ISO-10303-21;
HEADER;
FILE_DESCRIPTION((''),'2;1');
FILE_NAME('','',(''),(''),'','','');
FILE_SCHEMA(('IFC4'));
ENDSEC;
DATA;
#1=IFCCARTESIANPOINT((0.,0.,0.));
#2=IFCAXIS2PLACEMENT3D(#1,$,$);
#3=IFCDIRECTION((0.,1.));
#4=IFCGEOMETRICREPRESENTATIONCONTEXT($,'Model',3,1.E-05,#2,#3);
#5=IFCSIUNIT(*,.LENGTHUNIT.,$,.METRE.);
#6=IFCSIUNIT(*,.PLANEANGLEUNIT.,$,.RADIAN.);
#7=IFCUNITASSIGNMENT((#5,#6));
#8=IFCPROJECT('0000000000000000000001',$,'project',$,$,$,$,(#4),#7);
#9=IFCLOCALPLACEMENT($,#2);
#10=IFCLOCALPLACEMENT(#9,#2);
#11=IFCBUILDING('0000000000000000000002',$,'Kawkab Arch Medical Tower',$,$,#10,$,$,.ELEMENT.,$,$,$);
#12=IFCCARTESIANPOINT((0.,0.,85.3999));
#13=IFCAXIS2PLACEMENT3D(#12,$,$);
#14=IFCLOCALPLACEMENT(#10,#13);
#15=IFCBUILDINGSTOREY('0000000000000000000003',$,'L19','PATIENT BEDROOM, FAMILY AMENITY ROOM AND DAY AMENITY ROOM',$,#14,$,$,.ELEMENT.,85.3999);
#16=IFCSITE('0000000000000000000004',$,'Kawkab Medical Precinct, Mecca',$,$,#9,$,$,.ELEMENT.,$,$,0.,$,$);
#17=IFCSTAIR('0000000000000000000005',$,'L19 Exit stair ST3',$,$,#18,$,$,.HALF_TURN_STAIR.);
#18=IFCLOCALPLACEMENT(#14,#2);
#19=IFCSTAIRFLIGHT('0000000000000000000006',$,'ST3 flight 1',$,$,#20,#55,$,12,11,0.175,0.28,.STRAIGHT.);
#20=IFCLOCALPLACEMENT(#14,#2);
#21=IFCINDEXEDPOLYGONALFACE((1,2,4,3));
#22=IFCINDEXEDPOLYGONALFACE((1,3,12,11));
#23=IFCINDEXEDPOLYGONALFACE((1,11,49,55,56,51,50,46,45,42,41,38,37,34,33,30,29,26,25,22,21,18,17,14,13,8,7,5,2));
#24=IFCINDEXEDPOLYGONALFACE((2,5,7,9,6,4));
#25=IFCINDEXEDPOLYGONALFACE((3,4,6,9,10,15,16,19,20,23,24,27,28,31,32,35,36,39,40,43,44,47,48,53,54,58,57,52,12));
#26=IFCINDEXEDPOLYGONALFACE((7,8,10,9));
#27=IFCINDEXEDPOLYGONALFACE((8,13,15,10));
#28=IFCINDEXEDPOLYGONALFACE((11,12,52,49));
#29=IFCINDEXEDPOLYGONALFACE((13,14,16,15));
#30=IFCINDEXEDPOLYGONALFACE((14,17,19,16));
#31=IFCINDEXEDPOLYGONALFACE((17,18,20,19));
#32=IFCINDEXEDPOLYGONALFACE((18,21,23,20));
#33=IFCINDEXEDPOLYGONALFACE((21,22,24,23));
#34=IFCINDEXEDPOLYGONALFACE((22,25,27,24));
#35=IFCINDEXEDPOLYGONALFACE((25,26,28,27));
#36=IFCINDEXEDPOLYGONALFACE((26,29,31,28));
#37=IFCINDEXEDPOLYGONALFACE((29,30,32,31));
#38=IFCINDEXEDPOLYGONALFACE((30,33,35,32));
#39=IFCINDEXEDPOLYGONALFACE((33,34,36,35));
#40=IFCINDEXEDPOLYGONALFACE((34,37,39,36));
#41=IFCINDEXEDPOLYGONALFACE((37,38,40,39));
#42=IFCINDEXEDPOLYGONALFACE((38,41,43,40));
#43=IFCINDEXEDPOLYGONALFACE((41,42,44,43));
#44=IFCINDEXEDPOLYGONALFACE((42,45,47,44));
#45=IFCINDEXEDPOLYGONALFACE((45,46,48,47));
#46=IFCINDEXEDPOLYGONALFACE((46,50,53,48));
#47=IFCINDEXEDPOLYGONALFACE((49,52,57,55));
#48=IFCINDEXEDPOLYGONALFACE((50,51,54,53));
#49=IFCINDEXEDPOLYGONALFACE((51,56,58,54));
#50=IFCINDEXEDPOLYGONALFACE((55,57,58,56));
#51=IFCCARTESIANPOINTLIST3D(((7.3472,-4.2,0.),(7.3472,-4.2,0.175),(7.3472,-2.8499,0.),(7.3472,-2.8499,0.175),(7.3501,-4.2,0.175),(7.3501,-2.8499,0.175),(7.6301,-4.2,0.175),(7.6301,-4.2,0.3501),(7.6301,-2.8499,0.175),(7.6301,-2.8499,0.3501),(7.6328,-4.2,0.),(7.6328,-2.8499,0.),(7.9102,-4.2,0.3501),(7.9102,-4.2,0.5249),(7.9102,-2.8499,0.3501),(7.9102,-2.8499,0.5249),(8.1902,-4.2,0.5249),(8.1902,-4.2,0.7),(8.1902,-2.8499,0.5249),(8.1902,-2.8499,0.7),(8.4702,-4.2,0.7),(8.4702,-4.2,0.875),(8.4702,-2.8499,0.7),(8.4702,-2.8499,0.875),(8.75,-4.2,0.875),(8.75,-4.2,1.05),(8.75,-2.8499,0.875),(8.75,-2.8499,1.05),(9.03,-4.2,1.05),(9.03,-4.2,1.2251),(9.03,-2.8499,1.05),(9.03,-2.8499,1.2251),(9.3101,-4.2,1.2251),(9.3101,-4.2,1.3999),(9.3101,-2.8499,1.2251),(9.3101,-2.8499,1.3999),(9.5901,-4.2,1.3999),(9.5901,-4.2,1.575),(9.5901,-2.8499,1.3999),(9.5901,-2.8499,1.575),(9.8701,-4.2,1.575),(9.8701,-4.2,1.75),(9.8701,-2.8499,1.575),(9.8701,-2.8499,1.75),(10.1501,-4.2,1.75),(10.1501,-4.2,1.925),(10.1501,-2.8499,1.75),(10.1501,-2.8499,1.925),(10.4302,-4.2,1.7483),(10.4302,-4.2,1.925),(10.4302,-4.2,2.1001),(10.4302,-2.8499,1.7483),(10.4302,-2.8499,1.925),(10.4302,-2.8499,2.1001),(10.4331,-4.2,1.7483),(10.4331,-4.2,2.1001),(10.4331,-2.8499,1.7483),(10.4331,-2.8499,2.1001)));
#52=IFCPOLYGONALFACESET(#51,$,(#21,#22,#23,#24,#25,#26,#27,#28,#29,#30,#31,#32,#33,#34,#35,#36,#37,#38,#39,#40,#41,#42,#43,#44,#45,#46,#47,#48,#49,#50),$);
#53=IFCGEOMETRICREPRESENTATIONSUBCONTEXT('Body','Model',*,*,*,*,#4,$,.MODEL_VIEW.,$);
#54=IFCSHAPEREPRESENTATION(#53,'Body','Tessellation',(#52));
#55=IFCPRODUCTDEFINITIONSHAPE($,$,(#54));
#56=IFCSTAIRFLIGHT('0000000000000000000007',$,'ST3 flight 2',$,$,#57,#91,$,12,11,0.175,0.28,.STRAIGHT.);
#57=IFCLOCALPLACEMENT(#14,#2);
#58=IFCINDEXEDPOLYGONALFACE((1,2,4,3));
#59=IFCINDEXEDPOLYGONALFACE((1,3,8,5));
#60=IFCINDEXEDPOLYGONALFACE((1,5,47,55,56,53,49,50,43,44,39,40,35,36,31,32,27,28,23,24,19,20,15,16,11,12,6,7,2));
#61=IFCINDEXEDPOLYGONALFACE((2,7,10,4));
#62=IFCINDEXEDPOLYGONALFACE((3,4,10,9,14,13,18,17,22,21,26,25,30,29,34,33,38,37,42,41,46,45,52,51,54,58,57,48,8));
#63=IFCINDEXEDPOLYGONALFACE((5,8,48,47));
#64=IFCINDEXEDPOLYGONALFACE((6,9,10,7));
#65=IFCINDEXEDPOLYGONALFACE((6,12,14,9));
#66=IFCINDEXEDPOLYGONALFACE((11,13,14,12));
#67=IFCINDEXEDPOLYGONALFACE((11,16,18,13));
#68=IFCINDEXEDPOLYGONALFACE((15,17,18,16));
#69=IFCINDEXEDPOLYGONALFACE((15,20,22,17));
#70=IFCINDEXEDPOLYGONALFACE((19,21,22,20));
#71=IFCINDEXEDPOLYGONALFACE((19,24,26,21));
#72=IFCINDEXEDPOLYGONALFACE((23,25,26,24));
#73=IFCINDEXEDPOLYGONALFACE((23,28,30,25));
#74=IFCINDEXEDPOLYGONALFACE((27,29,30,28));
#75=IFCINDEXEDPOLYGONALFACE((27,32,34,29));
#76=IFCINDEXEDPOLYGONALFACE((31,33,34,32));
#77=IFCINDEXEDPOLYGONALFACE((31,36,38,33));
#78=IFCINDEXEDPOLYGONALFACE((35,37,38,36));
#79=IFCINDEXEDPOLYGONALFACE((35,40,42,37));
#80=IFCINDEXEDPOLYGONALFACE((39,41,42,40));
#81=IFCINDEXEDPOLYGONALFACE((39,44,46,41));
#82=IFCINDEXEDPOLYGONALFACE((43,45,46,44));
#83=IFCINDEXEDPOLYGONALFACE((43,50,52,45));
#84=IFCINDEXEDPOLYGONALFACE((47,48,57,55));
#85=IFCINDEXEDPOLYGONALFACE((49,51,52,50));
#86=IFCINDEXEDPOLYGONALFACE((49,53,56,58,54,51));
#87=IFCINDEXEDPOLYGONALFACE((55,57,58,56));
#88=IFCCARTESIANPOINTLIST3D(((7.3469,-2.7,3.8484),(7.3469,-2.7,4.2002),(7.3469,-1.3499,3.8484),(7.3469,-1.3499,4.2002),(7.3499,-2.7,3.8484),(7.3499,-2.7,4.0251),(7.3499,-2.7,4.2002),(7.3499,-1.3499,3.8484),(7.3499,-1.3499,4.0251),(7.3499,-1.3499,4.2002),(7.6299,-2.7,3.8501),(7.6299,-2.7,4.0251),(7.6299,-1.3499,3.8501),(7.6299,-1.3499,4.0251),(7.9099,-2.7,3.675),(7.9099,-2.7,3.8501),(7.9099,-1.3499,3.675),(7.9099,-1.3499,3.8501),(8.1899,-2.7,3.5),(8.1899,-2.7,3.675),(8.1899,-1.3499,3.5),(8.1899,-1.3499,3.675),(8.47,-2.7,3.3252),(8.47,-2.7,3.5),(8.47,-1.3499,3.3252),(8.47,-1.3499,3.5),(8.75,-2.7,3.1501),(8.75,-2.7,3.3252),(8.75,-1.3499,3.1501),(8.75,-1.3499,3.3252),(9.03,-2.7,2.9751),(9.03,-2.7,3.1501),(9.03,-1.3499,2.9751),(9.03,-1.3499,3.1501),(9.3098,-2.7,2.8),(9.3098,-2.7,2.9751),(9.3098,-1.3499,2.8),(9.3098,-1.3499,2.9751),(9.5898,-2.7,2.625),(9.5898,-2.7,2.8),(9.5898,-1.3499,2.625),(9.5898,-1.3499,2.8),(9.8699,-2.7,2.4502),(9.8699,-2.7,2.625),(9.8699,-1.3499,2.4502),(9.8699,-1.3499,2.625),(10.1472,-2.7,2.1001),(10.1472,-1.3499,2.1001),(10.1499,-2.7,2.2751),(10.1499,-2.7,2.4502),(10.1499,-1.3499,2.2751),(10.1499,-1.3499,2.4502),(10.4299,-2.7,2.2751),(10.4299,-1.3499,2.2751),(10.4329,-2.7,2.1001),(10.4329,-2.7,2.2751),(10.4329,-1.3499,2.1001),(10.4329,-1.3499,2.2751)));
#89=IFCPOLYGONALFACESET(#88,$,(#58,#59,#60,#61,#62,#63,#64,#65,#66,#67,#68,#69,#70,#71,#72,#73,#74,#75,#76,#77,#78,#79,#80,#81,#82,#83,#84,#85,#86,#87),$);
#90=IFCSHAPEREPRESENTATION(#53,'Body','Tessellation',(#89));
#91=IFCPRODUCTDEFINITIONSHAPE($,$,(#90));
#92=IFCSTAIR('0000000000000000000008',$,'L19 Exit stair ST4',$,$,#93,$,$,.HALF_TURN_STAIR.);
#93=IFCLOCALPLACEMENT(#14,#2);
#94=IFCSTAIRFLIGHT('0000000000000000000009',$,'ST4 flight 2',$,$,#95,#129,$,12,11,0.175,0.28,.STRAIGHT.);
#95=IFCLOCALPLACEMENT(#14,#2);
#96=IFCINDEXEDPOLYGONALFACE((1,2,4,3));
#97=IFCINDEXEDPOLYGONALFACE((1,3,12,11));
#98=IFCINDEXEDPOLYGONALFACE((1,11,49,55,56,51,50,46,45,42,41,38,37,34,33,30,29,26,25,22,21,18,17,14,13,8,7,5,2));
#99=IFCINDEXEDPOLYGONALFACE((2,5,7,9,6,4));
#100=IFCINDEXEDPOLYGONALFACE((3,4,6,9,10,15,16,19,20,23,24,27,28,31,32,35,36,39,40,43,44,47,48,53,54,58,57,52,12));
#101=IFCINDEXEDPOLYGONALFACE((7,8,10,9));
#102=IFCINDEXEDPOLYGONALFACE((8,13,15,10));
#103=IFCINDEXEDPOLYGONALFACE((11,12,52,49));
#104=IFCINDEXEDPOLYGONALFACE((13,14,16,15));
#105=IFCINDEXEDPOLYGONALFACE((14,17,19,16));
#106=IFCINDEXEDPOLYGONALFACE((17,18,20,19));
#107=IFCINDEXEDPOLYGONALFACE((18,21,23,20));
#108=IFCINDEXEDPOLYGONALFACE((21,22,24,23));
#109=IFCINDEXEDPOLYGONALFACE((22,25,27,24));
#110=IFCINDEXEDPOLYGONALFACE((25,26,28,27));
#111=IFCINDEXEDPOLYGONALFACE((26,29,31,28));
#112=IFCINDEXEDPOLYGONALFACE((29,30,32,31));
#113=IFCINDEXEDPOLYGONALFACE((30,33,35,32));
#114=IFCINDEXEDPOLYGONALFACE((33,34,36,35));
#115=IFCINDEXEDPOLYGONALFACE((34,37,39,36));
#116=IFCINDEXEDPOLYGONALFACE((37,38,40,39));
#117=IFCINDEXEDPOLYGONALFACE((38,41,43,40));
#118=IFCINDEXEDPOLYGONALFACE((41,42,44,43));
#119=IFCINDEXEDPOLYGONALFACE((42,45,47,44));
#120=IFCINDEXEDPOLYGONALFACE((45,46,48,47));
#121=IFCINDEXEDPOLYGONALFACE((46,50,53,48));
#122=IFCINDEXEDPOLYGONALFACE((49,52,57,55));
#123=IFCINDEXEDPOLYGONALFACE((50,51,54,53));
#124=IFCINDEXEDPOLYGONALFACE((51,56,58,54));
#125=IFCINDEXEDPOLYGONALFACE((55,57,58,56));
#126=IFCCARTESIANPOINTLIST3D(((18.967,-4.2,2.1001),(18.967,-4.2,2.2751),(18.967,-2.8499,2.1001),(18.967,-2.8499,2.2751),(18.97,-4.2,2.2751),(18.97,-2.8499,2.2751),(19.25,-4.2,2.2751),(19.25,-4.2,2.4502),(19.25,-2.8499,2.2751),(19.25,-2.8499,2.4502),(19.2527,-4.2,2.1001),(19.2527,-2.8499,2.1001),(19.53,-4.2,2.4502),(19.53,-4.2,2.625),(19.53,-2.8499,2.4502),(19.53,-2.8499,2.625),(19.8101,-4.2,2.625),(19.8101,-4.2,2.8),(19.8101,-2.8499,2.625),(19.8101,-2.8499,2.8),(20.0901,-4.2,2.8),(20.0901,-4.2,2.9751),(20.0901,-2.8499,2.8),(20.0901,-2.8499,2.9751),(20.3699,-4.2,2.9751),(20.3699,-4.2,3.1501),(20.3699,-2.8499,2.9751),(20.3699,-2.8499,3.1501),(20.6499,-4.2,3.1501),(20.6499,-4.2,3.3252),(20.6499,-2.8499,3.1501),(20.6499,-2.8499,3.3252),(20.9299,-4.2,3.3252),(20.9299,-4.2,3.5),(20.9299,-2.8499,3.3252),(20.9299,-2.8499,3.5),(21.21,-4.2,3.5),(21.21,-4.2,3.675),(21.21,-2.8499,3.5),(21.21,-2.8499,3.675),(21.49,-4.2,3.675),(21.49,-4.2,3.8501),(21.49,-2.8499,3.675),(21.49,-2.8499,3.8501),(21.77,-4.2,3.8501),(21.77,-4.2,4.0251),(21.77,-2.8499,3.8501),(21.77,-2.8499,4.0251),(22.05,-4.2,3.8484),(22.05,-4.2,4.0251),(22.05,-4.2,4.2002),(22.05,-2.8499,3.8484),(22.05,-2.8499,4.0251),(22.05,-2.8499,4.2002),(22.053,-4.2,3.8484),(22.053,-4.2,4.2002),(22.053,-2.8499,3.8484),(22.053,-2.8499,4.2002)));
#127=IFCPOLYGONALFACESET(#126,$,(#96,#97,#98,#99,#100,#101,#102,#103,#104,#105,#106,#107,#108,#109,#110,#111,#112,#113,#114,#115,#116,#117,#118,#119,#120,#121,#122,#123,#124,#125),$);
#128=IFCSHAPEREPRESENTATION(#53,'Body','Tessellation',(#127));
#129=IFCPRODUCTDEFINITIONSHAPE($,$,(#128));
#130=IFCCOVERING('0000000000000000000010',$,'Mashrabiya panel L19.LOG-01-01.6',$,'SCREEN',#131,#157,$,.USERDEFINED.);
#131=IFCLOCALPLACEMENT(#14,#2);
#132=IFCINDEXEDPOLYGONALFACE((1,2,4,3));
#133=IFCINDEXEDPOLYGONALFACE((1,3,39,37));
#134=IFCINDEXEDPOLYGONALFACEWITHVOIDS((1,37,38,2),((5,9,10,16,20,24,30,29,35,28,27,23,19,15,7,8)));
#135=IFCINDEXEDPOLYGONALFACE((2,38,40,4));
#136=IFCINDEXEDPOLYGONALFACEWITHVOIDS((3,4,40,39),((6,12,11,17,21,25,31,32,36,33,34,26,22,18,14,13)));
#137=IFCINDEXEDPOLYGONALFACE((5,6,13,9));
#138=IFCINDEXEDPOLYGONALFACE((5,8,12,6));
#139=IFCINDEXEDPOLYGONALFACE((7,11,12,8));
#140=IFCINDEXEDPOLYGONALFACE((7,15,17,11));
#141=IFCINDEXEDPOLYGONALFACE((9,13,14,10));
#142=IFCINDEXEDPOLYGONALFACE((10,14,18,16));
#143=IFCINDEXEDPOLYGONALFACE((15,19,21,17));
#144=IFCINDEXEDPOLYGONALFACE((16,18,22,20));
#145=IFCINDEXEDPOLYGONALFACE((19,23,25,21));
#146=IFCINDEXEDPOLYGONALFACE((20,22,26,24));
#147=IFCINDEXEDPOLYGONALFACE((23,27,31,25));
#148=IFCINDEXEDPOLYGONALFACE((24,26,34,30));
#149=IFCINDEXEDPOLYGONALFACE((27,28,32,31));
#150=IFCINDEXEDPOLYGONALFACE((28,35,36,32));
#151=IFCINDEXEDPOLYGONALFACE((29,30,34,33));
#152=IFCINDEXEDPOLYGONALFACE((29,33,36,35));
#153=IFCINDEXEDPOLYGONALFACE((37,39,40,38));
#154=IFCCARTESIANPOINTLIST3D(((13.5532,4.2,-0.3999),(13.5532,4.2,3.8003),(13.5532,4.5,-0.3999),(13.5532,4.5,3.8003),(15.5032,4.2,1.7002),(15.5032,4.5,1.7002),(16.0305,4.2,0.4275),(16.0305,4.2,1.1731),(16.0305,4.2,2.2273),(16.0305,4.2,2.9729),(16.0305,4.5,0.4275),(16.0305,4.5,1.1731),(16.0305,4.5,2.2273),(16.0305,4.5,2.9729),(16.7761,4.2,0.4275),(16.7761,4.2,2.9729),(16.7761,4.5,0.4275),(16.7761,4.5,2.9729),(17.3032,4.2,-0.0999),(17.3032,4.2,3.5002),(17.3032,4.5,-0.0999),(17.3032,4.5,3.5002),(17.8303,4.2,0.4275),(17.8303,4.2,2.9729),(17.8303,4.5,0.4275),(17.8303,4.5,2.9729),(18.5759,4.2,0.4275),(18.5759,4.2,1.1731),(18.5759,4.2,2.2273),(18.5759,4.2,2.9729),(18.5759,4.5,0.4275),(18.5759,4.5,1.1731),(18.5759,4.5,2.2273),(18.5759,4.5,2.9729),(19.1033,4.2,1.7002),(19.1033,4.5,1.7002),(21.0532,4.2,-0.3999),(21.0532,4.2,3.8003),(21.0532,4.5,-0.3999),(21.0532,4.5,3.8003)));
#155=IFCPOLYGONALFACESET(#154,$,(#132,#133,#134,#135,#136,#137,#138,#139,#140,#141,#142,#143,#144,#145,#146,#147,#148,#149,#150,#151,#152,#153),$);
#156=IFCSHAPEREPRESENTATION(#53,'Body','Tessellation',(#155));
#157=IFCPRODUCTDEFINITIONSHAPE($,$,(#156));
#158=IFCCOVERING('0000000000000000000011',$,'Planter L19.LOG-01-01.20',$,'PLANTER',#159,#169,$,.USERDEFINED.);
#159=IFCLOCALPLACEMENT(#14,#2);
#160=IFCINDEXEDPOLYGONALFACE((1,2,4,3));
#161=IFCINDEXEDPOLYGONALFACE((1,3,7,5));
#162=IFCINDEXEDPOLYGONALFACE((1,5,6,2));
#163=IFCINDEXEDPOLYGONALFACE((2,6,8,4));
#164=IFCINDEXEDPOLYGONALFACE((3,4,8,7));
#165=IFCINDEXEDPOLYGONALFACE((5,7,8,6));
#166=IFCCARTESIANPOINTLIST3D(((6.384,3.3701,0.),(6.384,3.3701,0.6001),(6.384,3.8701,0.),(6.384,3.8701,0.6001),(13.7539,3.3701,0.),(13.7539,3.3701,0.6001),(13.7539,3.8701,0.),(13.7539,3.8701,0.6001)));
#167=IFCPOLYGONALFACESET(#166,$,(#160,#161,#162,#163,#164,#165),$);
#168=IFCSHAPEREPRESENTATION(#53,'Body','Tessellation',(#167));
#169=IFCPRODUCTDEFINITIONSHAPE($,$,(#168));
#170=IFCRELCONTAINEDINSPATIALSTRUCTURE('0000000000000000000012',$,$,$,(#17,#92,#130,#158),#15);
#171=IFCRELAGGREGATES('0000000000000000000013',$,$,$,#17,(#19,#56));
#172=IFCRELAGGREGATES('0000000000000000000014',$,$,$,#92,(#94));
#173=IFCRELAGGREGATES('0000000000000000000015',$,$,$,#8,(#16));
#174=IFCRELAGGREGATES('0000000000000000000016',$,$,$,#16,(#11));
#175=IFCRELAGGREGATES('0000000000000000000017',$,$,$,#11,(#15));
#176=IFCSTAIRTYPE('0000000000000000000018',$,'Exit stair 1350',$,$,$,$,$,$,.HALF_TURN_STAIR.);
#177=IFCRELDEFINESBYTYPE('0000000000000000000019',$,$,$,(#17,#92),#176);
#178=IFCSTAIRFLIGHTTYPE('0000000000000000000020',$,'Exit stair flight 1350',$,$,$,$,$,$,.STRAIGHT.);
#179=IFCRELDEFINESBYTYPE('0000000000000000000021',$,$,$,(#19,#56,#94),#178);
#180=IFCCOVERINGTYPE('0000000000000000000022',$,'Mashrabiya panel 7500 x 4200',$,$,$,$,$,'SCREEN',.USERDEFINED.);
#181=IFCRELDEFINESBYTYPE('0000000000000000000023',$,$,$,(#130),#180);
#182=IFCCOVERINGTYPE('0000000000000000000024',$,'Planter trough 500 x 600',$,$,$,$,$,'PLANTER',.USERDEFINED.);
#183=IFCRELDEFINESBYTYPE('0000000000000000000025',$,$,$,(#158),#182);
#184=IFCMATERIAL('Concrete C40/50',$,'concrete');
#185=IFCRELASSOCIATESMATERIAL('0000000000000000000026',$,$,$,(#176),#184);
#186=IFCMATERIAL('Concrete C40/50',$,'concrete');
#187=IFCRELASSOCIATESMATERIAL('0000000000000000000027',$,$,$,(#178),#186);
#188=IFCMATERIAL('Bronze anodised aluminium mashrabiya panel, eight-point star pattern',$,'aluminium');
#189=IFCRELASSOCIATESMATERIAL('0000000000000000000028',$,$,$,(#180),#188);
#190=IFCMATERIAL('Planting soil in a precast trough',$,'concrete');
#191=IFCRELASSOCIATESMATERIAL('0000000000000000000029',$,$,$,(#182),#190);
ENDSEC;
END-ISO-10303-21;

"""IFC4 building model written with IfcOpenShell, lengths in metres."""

from ifc_helpers import new_model, si_unit, direction, frame, origin, origin_2d, place, context, subcontext, project, spatial, polyline, rectangle, outline, extrude, material, material_profile, profile_set, type_object, element, aggregate, save


model = new_model("IFC4")

# Units and contexts
model_context = context("Model", 3, precision=1e-05, world=origin(), true_north=direction((0.0, 1.0)))
body_context = subcontext(model_context, "Body", "Model", "MODEL_VIEW")
ifc_project = project(units=[si_unit("LENGTHUNIT", "METRE"), si_unit("PLANEANGLEUNIT", "RADIAN")], contexts=[model_context])

# Site, building, storey
site_placement = place(None, origin())
site = spatial("IfcSite", under=ifc_project, at=site_placement, Name="Kawkab Medical Precinct, Mecca", CompositionType="ELEMENT", RefElevation=0.0)
building_placement = place(site_placement, origin())
building = spatial("IfcBuilding", under=site, at=building_placement, Name="Kawkab Arch Medical Tower", CompositionType="ELEMENT")
storey_placement = place(building_placement, frame((0.0, 0.0, 85.3999)))
storey = spatial("IfcBuildingStorey", under=building, at=storey_placement, Name="L19", Description="PATIENT BEDROOM, FAMILY AMENITY ROOM AND DAY AMENITY ROOM", CompositionType="ELEMENT", Elevation=85.3999)

# Shared definitions
placement = place(storey_placement, origin())

# Stair, stair flights
ifc_material_1 = material(Name="Concrete C40/50", Category="concrete")
stair_type = type_object("IfcStairType", Name="Exit stair 1350", PredefinedType="HALF_TURN_STAIR", material=ifc_material_1)
stair_1 = element("IfcStair", 1, at=placement, inside=storey, type_object=stair_type, Name="L19 Exit stair ST3", PredefinedType="HALF_TURN_STAIR")
ifc_material_2 = material(Name="Concrete C40/50", Category="concrete")
stair_flight_type = type_object("IfcStairFlightType", Name="Exit stair flight 1350", PredefinedType="STRAIGHT", material=ifc_material_2)
stair_flight_1_placement = place(storey_placement, frame((7.3501, -3.5249, 0.0), z_axis=(0.0, 0.0, 1.0), x_axis=(1.0, 0.0, 0.0)))
stair_flight_1 = element("IfcStairFlight", 2, at=stair_flight_1_placement, type_object=stair_flight_type, Name="ST3 flight 1", NumberOfRisers=12, NumberOfTreads=11, PredefinedType="STRAIGHT", RiserHeight=0.175, TreadLength=0.28, context=body_context, shape_type="SweptSolid", body=[
    extrude(outline(polyline([(-0.0029, 0.0), (-0.0029, 0.175), (0.0, 0.175), (0.28, 0.175), (0.28, 0.3501), (0.5601, 0.3501), (0.5601, 0.5249), (0.8401, 0.5249), (0.8401, 0.7), (1.1201, 0.7), (1.1201, 0.875), (1.3999, 0.875), (1.3999, 1.05), (1.6799, 1.05), (1.6799, 1.2251), (1.96, 1.2251), (1.96, 1.3999), (2.24, 1.3999), (2.24, 1.575), (2.52, 1.575), (2.52, 1.75), (2.8, 1.75), (2.8, 1.925), (3.0801, 1.925), (3.0801, 2.1001), (3.083, 2.1001), (3.083, 1.7483), (3.0801, 1.7483), (0.2827, 0.0), (-0.0029, 0.0)])), frame((0.0, 0.675, 0.0), z_axis=(0.0, -1.0, 0.0), x_axis=(1.0, 0.0, 0.0)), (0.0, 0.0, 1.0), 1.3501),
])
stair_flight_2_placement = place(storey_placement, frame((10.4299, -2.0249, 2.1001), z_axis=(0.0, 0.0, 1.0), x_axis=(-1.0, 0.0, 0.0)))
stair_flight_2 = element("IfcStairFlight", 3, at=stair_flight_2_placement, type_object=stair_flight_type, Name="ST3 flight 2", NumberOfRisers=12, NumberOfTreads=11, PredefinedType="STRAIGHT", RiserHeight=0.175, TreadLength=0.28, context=body_context, shape_type="SweptSolid", body=[
    extrude(outline(polyline([(-0.0029, 0.0), (-0.0029, 0.175), (0.0, 0.175), (0.28, 0.175), (0.28, 0.3501), (0.5601, 0.3501), (0.5601, 0.5249), (0.8401, 0.5249), (0.8401, 0.7), (1.1201, 0.7), (1.1201, 0.875), (1.3999, 0.875), (1.3999, 1.05), (1.6799, 1.05), (1.6799, 1.2251), (1.96, 1.2251), (1.96, 1.3999), (2.24, 1.3999), (2.24, 1.575), (2.52, 1.575), (2.52, 1.75), (2.8, 1.75), (2.8, 1.925), (3.0801, 1.925), (3.0801, 2.1001), (3.083, 2.1001), (3.083, 1.7483), (3.0801, 1.7483), (0.2827, 0.0), (-0.0029, 0.0)])), frame((0.0, 0.675, 0.0), z_axis=(0.0, -1.0, 0.0), x_axis=(1.0, 0.0, 0.0)), (0.0, 0.0, 1.0), 1.3501),
])
aggregate(stair_1, [stair_flight_1, stair_flight_2])

# Stair, stair flight
stair_2 = element("IfcStair", 4, at=placement, inside=storey, type_object=stair_type, Name="L19 Exit stair ST4", PredefinedType="HALF_TURN_STAIR")
stair_flight_3_placement = place(storey_placement, frame((18.97, -3.5249, 2.1001), z_axis=(0.0, 0.0, 1.0), x_axis=(1.0, 0.0, 0.0)))
stair_flight_3 = element("IfcStairFlight", 5, at=stair_flight_3_placement, type_object=stair_flight_type, Name="ST4 flight 2", NumberOfRisers=12, NumberOfTreads=11, PredefinedType="STRAIGHT", RiserHeight=0.175, TreadLength=0.28, context=body_context, shape_type="SweptSolid", body=[
    extrude(outline(polyline([(-0.0029, 0.0), (-0.0029, 0.175), (0.0, 0.175), (0.28, 0.175), (0.28, 0.3501), (0.5601, 0.3501), (0.5601, 0.5249), (0.8401, 0.5249), (0.8401, 0.7), (1.1201, 0.7), (1.1201, 0.875), (1.3999, 0.875), (1.3999, 1.05), (1.6799, 1.05), (1.6799, 1.2251), (1.96, 1.2251), (1.96, 1.3999), (2.24, 1.3999), (2.24, 1.575), (2.52, 1.575), (2.52, 1.75), (2.8, 1.75), (2.8, 1.925), (3.0801, 1.925), (3.0801, 2.1001), (3.083, 2.1001), (3.083, 1.7483), (3.0801, 1.7483), (0.2827, 0.0), (-0.0029, 0.0)])), frame((0.0, 0.675, 0.0), z_axis=(0.0, -1.0, 0.0), x_axis=(1.0, 0.0, 0.0)), (0.0, 0.0, 1.0), 1.3501),
])
aggregate(stair_2, [stair_flight_3])

# Coverings
ifc_material_3 = material(Name="Bronze anodised aluminium mashrabiya panel, eight-point star pattern", Category="aluminium")
ifc_material_profile_1 = material_profile(ifc_material_3, outline(polyline([(-3.75, -2.1001), (3.75, -2.1001), (3.75, 2.1001), (-3.75, 2.1001), (-3.75, -2.1001)]), holes=[polyline([(1.8, 0.0), (1.2727, 0.5271), (1.2727, 1.2727), (0.5271, 1.2727), (0.0, 1.8), (-0.5271, 1.2727), (-1.2727, 1.2727), (-1.2727, 0.5271), (-1.8, 0.0), (-1.2727, -0.5271), (-1.2727, -1.2727), (-0.5271, -1.2727), (0.0, -1.8), (0.5271, -1.2727), (1.2727, -1.2727), (1.2727, -0.5271), (1.8, 0.0)])]), Name="Mashrabiya panel 7500x4200")
ifc_profile_set_1 = profile_set([ifc_material_profile_1], Name="Bronze anodised aluminium mashrabiya panel, eight-point star pattern")
covering_type_1 = type_object("IfcCoveringType", Name="Mashrabiya panel 7500 x 4200", ElementType="SCREEN", PredefinedType="USERDEFINED", material=ifc_profile_set_1)
covering_1_placement = place(storey_placement, frame((17.3032, 4.2, 1.7002), z_axis=(0.0, 1.0, 0.0), x_axis=(-1.0, 0.0, 0.0)))
element("IfcCovering", 6, at=covering_1_placement, inside=storey, type_object=covering_type_1, Name="Mashrabiya panel L19.LOG-01-01.6", ObjectType="SCREEN", PredefinedType="USERDEFINED", context=body_context, shape_type="SweptSolid", body=[
    extrude(outline(polyline([(-3.75, -2.1001), (3.75, -2.1001), (3.75, 2.1001), (-3.75, 2.1001), (-3.75, -2.1001)]), holes=[polyline([(1.8, 0.0), (1.2727, 0.5271), (1.2727, 1.2727), (0.5271, 1.2727), (0.0, 1.8), (-0.5271, 1.2727), (-1.2727, 1.2727), (-1.2727, 0.5271), (-1.8, 0.0), (-1.2727, -0.5271), (-1.2727, -1.2727), (-0.5271, -1.2727), (0.0, -1.8), (0.5271, -1.2727), (1.2727, -1.2727), (1.2727, -0.5271), (1.8, 0.0)])]), origin(), (0.0, 0.0, 1.0), 0.3),
])
ifc_material_4 = material(Name="Planting soil in a precast trough", Category="concrete")
ifc_material_profile_2 = material_profile(ifc_material_4, rectangle(XDim=0.5, YDim=0.6001, at=origin_2d()), Name="Trough 500x600")
ifc_profile_set_2 = profile_set([ifc_material_profile_2], Name="Planting soil in a precast trough")
covering_type_2 = type_object("IfcCoveringType", Name="Planter trough 500 x 600", ElementType="PLANTER", PredefinedType="USERDEFINED", material=ifc_profile_set_2)
covering_2_placement = place(storey_placement, frame((6.384, 3.6201, 0.3), z_axis=(1.0, 0.0, 0.0), x_axis=(0.0, 1.0, 0.0)))
element("IfcCovering", 7, at=covering_2_placement, inside=storey, type_object=covering_type_2, Name="Planter L19.LOG-01-01.20", ObjectType="PLANTER", PredefinedType="USERDEFINED", context=body_context, shape_type="SweptSolid", body=[
    extrude(rectangle(XDim=0.5, YDim=0.6001, at=origin_2d()), origin(), (0.0, 0.0, 1.0), 7.3699),
])

save(model, "model.ifc")
